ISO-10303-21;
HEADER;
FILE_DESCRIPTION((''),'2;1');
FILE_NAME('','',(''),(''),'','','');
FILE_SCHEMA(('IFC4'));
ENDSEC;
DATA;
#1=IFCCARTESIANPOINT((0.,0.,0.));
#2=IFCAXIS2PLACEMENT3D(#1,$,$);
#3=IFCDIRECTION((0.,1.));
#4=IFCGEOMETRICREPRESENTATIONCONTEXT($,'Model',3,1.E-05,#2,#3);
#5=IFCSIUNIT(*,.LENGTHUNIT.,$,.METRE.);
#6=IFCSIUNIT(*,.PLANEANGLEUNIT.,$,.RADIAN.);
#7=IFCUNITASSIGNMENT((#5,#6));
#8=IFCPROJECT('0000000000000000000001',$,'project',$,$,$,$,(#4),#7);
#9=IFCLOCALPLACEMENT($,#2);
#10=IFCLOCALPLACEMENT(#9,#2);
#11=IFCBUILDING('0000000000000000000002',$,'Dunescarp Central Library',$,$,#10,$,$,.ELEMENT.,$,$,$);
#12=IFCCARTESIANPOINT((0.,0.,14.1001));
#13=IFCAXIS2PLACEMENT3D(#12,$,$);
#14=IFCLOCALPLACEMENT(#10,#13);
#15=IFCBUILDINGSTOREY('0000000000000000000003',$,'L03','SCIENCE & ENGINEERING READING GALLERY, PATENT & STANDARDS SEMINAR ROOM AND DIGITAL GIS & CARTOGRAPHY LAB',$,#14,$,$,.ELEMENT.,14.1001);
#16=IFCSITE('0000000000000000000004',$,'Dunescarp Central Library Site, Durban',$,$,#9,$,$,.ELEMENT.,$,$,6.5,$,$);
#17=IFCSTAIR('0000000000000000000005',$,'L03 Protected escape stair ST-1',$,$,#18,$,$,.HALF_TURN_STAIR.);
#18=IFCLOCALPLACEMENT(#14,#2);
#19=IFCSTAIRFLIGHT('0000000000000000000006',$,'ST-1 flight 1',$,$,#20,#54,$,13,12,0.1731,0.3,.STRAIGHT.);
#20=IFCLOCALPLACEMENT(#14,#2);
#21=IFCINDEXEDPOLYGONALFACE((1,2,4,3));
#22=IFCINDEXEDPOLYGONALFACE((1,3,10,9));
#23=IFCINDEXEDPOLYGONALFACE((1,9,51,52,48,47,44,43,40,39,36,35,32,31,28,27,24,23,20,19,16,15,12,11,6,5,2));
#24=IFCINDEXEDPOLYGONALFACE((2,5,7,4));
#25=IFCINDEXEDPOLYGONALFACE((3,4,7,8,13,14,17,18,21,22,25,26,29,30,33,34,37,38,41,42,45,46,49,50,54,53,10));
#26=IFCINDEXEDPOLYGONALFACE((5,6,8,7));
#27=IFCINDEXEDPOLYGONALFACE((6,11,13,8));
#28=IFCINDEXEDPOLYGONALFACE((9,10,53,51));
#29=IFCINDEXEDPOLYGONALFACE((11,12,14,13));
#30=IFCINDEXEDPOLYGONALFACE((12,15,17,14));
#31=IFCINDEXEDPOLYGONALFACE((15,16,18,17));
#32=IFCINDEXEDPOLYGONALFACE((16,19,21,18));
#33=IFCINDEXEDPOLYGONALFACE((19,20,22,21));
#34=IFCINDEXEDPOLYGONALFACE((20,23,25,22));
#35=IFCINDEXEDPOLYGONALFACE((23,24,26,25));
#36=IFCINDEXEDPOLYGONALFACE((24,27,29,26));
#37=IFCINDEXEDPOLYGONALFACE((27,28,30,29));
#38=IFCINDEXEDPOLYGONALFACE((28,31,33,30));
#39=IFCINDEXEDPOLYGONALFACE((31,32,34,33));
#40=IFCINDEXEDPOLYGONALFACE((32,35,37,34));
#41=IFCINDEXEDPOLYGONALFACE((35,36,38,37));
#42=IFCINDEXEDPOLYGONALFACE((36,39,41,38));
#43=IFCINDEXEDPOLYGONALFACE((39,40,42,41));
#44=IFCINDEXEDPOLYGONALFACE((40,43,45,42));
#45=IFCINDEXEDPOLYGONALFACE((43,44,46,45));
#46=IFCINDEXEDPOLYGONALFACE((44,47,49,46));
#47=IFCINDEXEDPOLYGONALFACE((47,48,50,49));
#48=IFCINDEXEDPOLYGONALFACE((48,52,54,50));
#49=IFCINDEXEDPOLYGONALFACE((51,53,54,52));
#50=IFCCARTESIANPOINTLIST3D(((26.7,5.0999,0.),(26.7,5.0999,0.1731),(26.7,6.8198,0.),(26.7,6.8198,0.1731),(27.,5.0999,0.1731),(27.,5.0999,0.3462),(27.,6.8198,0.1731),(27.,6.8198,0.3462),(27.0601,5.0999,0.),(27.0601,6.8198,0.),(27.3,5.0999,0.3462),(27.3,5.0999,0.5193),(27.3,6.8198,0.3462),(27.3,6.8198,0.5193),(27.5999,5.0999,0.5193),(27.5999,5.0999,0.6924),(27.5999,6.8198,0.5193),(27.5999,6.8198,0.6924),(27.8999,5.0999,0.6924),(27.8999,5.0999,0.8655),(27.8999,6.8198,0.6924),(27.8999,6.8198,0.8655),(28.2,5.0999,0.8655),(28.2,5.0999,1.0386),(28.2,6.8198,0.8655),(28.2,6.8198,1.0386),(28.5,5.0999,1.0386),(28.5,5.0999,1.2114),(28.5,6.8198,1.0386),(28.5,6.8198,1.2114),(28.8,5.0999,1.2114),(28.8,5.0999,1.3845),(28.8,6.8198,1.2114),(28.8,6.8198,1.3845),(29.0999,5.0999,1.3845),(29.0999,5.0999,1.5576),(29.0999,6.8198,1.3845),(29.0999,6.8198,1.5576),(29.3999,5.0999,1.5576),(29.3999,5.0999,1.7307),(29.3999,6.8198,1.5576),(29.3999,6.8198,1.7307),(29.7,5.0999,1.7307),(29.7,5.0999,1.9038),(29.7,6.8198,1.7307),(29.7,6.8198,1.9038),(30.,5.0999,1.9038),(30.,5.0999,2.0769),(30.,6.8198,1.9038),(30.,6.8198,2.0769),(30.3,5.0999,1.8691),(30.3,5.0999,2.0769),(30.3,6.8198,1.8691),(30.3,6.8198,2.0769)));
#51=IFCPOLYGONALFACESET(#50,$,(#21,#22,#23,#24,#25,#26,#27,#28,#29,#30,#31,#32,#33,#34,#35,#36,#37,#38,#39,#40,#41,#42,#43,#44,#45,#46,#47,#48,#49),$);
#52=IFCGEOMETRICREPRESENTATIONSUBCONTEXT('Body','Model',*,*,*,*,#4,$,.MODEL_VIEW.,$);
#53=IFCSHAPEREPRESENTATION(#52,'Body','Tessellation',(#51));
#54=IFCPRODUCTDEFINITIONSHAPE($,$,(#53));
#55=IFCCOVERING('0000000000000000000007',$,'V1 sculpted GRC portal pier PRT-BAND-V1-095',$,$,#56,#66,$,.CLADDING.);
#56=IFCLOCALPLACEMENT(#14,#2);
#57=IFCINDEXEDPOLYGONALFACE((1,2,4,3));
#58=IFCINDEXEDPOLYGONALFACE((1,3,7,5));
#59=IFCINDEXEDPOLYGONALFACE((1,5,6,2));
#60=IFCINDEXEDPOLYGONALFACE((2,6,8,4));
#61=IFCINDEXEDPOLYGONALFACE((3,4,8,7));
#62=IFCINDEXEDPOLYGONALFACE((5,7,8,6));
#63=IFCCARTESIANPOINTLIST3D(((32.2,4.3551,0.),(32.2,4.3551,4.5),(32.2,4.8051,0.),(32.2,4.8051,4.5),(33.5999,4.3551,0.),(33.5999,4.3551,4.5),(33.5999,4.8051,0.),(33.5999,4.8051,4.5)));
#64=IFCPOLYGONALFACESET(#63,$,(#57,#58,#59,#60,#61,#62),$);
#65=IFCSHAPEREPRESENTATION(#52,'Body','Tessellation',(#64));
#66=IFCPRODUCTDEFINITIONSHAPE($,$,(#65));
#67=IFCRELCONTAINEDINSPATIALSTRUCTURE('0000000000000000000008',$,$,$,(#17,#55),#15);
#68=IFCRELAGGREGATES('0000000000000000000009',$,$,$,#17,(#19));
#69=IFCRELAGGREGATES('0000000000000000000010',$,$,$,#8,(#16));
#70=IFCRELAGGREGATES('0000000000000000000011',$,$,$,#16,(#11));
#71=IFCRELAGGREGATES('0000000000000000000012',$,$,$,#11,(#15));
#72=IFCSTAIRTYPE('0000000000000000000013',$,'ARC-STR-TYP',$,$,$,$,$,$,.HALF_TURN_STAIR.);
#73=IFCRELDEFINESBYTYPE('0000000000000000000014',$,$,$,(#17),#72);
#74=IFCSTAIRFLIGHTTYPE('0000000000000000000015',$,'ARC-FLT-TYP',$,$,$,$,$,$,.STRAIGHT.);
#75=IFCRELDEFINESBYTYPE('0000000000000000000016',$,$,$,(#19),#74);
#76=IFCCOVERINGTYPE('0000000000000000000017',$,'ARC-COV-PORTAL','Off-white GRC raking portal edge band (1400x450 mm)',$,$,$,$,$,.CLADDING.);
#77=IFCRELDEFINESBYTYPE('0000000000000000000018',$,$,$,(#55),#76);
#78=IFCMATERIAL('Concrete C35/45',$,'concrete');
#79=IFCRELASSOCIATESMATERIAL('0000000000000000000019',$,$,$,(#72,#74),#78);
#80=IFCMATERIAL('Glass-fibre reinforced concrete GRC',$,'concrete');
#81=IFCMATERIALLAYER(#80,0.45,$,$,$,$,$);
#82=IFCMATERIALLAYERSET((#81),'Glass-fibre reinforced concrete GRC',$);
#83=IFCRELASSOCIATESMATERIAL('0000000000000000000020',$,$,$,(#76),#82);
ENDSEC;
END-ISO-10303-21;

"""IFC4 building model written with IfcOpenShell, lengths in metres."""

from ifc_helpers import new_model, si_unit, direction, frame, origin, origin_2d, place, context, subcontext, project, spatial, polyline, rectangle, outline, extrude, material, layer, layer_set, type_object, element, aggregate, save


model = new_model("IFC4")

# Units and contexts
model_context = context("Model", 3, precision=1e-05, world=origin(), true_north=direction((0.0, 1.0)))
body_context = subcontext(model_context, "Body", "Model", "MODEL_VIEW")
ifc_project = project(units=[si_unit("LENGTHUNIT", "METRE"), si_unit("PLANEANGLEUNIT", "RADIAN")], contexts=[model_context])

# Site, building, storey
site_placement = place(None, origin())
site = spatial("IfcSite", under=ifc_project, at=site_placement, Name="Dunescarp Central Library Site, Durban", CompositionType="ELEMENT", RefElevation=6.5)
building_placement = place(site_placement, origin())
building = spatial("IfcBuilding", under=site, at=building_placement, Name="Dunescarp Central Library", CompositionType="ELEMENT")
storey_placement = place(building_placement, frame((0.0, 0.0, 14.1001)))
storey = spatial("IfcBuildingStorey", under=building, at=storey_placement, Name="L03", Description="SCIENCE & ENGINEERING READING GALLERY, PATENT & STANDARDS SEMINAR ROOM AND DIGITAL GIS & CARTOGRAPHY LAB", CompositionType="ELEMENT", Elevation=14.1001)

# Shared definitions
ifc_material_1 = material(Name="Glass-fibre reinforced concrete GRC", Category="concrete")

# Stair, stair flight
ifc_material_2 = material(Name="Concrete C35/45", Category="concrete")
stair_type = type_object("IfcStairType", Name="ARC-STR-TYP", PredefinedType="HALF_TURN_STAIR", material=ifc_material_2)
stair_placement = place(storey_placement, origin())
stair = element("IfcStair", 1, at=stair_placement, inside=storey, type_object=stair_type, Name="L03 Protected escape stair ST-1", PredefinedType="HALF_TURN_STAIR")
stair_flight_type = type_object("IfcStairFlightType", Name="ARC-FLT-TYP", PredefinedType="STRAIGHT", material=ifc_material_2)
stair_flight_placement = place(storey_placement, frame((26.7, 5.96, 0.0), z_axis=(0.0, 0.0, 1.0), x_axis=(1.0, 0.0, 0.0)))
stair_flight = element("IfcStairFlight", 2, at=stair_flight_placement, type_object=stair_flight_type, Name="ST-1 flight 1", NumberOfRisers=13, NumberOfTreads=12, PredefinedType="STRAIGHT", RiserHeight=0.1731, TreadLength=0.3, context=body_context, shape_type="SweptSolid", body=[
    extrude(outline(polyline([(0.0, 0.0), (0.0, 0.1731), (0.3, 0.1731), (0.3, 0.3462), (0.6001, 0.3462), (0.6001, 0.5193), (0.8999, 0.5193), (0.8999, 0.6924), (1.2, 0.6924), (1.2, 0.8655), (1.5, 0.8655), (1.5, 1.0386), (1.8, 1.0386), (1.8, 1.2114), (2.1001, 1.2114), (2.1001, 1.3845), (2.3999, 1.3845), (2.3999, 1.5576), (2.7, 1.5576), (2.7, 1.7307), (3.0, 1.7307), (3.0, 1.9038), (3.3, 1.9038), (3.3, 2.0769), (3.6001, 2.0769), (3.6001, 2.25), (3.6001, 1.8691), (0.3601, 0.0), (0.0, 0.0)])), frame((0.0, 0.8599, 0.0), z_axis=(0.0, -1.0, 0.0), x_axis=(1.0, 0.0, 0.0)), (0.0, 0.0, 1.0), 1.72),
])
aggregate(stair, [stair_flight])

# Covering
ifc_layer_1 = layer(ifc_material_1, 0.45)
ifc_layer_set_1 = layer_set([ifc_layer_1], Name="Glass-fibre reinforced concrete GRC")
covering_type = type_object("IfcCoveringType", Name="ARC-COV-PORTAL", Description="Off-white GRC raking portal edge band (1400x450 mm)", PredefinedType="CLADDING", material=ifc_layer_set_1)
covering_placement = place(storey_placement, frame((32.8999, 4.5801, 0.0), z_axis=(0.0, 0.0, 1.0), x_axis=(1.0, 0.0, 0.0)))
element("IfcCovering", 3, at=covering_placement, inside=storey, type_object=covering_type, Name="V1 sculpted GRC portal pier PRT-BAND-V1-095", PredefinedType="CLADDING", context=body_context, shape_type="SweptSolid", body=[
    extrude(rectangle(XDim=1.3999, YDim=0.45, at=origin_2d()), origin(), (0.0, 0.0, 1.0), 4.5),
])

save(model, "model.ifc")
